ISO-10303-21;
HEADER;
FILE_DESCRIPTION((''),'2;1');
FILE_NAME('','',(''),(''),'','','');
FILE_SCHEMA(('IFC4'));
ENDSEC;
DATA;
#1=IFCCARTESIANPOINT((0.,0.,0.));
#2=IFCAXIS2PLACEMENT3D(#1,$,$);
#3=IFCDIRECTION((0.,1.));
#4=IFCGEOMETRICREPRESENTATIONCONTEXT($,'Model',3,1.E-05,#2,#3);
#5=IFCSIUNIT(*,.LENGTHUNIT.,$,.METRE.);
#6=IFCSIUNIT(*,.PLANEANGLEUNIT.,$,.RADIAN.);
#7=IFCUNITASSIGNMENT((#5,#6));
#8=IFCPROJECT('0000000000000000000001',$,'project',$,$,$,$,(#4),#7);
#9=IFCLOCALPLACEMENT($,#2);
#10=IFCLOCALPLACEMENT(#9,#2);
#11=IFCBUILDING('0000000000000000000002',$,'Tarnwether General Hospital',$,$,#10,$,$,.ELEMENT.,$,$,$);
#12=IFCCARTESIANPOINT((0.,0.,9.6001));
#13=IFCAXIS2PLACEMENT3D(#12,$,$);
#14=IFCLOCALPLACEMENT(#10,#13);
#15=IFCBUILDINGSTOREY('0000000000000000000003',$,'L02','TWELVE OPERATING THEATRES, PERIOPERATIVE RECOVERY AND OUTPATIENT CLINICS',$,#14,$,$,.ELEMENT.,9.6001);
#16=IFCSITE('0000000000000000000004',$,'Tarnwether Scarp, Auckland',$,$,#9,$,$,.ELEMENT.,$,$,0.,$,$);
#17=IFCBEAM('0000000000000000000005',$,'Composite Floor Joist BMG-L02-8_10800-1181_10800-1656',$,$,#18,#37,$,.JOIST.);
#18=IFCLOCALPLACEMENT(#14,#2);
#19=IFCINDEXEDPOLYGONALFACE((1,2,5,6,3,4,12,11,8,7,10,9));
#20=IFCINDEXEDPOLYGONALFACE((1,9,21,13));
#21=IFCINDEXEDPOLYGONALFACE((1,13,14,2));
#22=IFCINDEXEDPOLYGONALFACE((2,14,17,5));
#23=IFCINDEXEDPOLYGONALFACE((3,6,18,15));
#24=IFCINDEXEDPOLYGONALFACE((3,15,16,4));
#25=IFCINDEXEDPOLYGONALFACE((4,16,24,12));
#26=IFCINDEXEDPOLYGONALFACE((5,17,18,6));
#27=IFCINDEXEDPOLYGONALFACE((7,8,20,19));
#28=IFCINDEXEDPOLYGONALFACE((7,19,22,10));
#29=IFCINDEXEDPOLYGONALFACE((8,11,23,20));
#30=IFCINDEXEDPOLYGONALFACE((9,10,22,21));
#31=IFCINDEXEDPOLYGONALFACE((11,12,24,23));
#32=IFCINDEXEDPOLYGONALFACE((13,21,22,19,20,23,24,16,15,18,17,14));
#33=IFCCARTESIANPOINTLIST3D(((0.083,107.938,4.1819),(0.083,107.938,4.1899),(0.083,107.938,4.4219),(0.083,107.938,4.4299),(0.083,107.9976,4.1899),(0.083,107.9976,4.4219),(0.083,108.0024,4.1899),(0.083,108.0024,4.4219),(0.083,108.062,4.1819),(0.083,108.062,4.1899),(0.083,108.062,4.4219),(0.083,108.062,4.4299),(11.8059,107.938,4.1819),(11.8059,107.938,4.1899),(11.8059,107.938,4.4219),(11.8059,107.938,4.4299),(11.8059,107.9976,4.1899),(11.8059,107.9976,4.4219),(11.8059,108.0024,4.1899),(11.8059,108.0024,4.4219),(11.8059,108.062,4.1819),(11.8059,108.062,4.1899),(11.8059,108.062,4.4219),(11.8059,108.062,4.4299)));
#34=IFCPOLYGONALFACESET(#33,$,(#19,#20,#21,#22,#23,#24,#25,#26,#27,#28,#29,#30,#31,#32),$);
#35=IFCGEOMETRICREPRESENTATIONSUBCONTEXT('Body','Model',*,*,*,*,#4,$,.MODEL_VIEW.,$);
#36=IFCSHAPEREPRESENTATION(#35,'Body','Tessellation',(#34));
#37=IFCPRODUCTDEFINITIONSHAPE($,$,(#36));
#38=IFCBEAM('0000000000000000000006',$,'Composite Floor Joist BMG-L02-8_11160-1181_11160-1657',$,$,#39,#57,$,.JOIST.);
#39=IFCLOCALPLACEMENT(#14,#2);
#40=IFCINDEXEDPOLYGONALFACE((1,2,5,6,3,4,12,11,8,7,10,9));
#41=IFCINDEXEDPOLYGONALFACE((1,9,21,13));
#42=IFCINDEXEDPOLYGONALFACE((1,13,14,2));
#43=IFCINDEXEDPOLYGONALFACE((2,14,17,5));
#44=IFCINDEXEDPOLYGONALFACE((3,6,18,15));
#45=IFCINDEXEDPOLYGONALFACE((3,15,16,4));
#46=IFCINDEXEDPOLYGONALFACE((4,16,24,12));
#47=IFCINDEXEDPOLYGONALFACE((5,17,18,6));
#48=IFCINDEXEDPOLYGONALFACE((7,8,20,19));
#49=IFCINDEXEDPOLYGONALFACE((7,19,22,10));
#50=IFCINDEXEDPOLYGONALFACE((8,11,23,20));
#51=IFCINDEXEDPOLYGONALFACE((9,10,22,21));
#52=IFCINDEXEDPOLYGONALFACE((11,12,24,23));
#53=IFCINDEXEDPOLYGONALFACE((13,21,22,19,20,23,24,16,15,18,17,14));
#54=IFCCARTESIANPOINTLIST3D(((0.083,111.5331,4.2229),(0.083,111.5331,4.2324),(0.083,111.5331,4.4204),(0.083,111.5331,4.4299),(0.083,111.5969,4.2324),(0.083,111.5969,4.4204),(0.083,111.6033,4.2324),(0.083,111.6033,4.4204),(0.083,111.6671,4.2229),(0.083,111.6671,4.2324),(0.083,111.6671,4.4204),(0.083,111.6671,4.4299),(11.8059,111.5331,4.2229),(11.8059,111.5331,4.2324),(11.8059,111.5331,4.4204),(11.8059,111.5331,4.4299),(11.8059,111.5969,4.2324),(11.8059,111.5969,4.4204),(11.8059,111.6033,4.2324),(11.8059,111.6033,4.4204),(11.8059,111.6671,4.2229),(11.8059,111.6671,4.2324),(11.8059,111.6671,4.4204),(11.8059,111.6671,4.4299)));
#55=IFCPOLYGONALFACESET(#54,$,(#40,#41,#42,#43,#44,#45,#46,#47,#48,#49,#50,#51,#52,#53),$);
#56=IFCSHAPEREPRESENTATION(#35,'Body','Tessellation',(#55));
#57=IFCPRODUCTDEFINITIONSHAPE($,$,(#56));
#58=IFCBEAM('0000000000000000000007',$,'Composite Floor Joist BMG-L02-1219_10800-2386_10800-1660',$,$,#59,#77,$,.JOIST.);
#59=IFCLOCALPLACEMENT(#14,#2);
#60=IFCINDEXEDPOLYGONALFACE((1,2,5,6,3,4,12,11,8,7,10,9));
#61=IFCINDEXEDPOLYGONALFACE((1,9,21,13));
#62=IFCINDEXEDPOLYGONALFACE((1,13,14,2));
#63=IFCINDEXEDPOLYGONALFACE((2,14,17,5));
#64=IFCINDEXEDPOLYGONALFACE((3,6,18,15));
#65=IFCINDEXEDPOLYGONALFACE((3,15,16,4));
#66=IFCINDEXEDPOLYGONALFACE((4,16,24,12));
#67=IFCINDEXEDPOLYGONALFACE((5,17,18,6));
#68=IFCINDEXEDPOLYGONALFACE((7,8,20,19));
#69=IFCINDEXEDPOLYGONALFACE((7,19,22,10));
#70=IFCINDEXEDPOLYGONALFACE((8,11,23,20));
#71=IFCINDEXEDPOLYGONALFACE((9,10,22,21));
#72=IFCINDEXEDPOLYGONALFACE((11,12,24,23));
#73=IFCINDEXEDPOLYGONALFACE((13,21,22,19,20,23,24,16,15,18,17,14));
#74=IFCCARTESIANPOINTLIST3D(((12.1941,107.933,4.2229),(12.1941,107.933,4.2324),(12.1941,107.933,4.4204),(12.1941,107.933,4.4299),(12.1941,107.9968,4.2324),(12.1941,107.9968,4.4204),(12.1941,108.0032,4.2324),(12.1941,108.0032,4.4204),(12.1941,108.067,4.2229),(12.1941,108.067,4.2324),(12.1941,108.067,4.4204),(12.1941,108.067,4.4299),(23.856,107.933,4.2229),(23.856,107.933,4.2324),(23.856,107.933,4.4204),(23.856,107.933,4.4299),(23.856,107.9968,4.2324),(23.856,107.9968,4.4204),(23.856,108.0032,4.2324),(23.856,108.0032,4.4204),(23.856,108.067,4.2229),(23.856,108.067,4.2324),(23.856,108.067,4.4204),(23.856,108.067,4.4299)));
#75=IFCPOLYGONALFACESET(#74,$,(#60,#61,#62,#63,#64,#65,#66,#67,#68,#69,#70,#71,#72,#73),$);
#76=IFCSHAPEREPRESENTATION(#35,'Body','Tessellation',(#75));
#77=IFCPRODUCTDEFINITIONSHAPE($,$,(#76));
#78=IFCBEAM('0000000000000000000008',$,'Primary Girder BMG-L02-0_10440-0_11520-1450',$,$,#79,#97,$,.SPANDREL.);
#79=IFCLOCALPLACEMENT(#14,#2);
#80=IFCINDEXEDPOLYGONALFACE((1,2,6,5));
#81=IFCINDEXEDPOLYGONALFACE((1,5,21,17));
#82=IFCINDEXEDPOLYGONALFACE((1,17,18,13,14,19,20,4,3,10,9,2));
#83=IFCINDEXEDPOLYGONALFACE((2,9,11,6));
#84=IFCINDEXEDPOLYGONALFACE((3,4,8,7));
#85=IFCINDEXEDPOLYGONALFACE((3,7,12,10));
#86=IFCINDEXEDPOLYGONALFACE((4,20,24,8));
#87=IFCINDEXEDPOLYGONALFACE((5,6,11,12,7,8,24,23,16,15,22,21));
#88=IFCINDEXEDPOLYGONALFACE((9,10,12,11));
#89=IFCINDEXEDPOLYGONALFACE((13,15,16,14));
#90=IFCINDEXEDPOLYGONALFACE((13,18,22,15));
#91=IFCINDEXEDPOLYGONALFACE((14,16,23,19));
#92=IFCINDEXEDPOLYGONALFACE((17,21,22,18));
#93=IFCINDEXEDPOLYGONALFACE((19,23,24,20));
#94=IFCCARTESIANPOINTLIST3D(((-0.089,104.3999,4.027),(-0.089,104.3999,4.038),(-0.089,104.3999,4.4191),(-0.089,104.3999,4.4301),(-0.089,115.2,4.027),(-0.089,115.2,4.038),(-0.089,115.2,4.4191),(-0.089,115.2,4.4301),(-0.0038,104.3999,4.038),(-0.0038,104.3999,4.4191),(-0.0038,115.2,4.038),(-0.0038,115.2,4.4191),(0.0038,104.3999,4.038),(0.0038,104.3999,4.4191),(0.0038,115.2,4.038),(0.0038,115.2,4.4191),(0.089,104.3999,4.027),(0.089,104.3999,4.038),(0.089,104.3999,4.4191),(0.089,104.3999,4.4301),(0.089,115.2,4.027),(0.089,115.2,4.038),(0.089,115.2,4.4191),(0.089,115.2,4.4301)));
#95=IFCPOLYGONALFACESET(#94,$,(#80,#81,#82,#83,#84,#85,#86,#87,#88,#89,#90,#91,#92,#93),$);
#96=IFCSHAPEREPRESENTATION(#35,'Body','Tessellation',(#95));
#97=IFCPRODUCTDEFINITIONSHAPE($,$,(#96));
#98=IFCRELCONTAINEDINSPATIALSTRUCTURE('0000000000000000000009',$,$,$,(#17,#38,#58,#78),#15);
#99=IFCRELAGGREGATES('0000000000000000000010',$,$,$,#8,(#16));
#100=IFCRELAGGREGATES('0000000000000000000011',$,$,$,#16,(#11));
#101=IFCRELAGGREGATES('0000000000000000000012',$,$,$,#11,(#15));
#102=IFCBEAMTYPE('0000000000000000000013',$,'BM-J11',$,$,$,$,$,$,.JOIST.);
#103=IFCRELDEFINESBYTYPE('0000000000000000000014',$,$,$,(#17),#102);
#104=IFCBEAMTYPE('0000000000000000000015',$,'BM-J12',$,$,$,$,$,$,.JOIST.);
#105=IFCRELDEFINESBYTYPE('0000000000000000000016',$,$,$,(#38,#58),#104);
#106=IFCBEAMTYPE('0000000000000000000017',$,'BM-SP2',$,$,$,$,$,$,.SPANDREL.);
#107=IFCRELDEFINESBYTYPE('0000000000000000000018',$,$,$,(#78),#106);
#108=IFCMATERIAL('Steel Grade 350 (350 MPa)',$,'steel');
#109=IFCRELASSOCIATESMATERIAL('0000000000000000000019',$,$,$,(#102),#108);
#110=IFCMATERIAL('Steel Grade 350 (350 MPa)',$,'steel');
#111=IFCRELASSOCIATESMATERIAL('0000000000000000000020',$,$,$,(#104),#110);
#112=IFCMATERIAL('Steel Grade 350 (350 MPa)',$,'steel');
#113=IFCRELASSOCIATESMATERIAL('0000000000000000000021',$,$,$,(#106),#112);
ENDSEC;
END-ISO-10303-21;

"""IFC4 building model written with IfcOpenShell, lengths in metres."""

from ifc_helpers import new_model, si_unit, direction, frame, origin, origin_2d, place, context, subcontext, project, spatial, i_section, extrude, material, material_profile, profile_set, type_object, element, save


model = new_model("IFC4")

# Units and contexts
model_context = context("Model", 3, precision=1e-05, world=origin(), true_north=direction((0.0, 1.0)))
body_context = subcontext(model_context, "Body", "Model", "MODEL_VIEW")
ifc_project = project(units=[si_unit("LENGTHUNIT", "METRE"), si_unit("PLANEANGLEUNIT", "RADIAN")], contexts=[model_context])

# Site, building, storey
site_placement = place(None, origin())
site = spatial("IfcSite", under=ifc_project, at=site_placement, Name="Tarnwether Scarp, Auckland", CompositionType="ELEMENT", RefElevation=0.0)
building_placement = place(site_placement, origin())
building = spatial("IfcBuilding", under=site, at=building_placement, Name="Tarnwether General Hospital", CompositionType="ELEMENT")
storey_placement = place(building_placement, frame((0.0, 0.0, 9.6001)))
storey = spatial("IfcBuildingStorey", under=building, at=storey_placement, Name="L02", Description="TWELVE OPERATING THEATRES, PERIOPERATIVE RECOVERY AND OUTPATIENT CLINICS", CompositionType="ELEMENT", Elevation=9.6001)

# Beams
ifc_material_1 = material(Name="Steel Grade 350 (350 MPa)", Category="steel")
ifc_material_profile_1 = material_profile(ifc_material_1, i_section(OverallWidth=0.124, OverallDepth=0.248, WebThickness=0.0049, FlangeThickness=0.0081, at=origin_2d()), Name="250UB25.7")
ifc_profile_set_1 = profile_set([ifc_material_profile_1], Name="Steel Grade 350 (350 MPa)")
beam_type_1 = type_object("IfcBeamType", Name="BM-J11", PredefinedType="JOIST", material=ifc_profile_set_1)
beam_1_placement = place(storey_placement, frame((0.083, 108.0, 4.3059), z_axis=(1.0, 0.0, 0.0), x_axis=(0.0, 1.0, 0.0)))
element("IfcBeam", 1, at=beam_1_placement, inside=storey, type_object=beam_type_1, Name="Composite Floor Joist BMG-L02-8_10800-1181_10800-1656", PredefinedType="JOIST", context=body_context, shape_type="SweptSolid", body=[
    extrude(i_section(OverallWidth=0.124, OverallDepth=0.248, WebThickness=0.0049, FlangeThickness=0.0081, at=origin_2d()), origin(), (0.0, 0.0, 1.0), 11.7229),
])
ifc_material_2 = material(Name="Steel Grade 350 (350 MPa)", Category="steel")
ifc_material_profile_2 = material_profile(ifc_material_2, i_section(OverallWidth=0.134, OverallDepth=0.207, WebThickness=0.0063, FlangeThickness=0.0095, at=origin_2d()), Name="200UB29.8")
ifc_profile_set_2 = profile_set([ifc_material_profile_2], Name="Steel Grade 350 (350 MPa)")
beam_type_2 = type_object("IfcBeamType", Name="BM-J12", PredefinedType="JOIST", material=ifc_profile_set_2)
beam_2_placement = place(storey_placement, frame((0.083, 111.6001, 4.3264), z_axis=(1.0, 0.0, 0.0), x_axis=(0.0, 1.0, 0.0)))
element("IfcBeam", 2, at=beam_2_placement, inside=storey, type_object=beam_type_2, Name="Composite Floor Joist BMG-L02-8_11160-1181_11160-1657", PredefinedType="JOIST", context=body_context, shape_type="SweptSolid", body=[
    extrude(i_section(OverallWidth=0.134, OverallDepth=0.207, WebThickness=0.0063, FlangeThickness=0.0095, at=origin_2d()), origin(), (0.0, 0.0, 1.0), 11.7229),
])
beam_3_placement = place(storey_placement, frame((12.1941, 108.0, 4.3264), z_axis=(1.0, 0.0, 0.0), x_axis=(0.0, 1.0, 0.0)))
element("IfcBeam", 3, at=beam_3_placement, inside=storey, type_object=beam_type_2, Name="Composite Floor Joist BMG-L02-1219_10800-2386_10800-1660", PredefinedType="JOIST", context=body_context, shape_type="SweptSolid", body=[
    extrude(i_section(OverallWidth=0.134, OverallDepth=0.207, WebThickness=0.0063, FlangeThickness=0.0095, at=origin_2d()), origin(), (0.0, 0.0, 1.0), 11.6619),
])
ifc_material_3 = material(Name="Steel Grade 350 (350 MPa)", Category="steel")
ifc_material_profile_3 = material_profile(ifc_material_3, i_section(OverallWidth=0.178, OverallDepth=0.4031, WebThickness=0.0076, FlangeThickness=0.011, at=origin_2d()), Name="410UB53.7")
ifc_profile_set_3 = profile_set([ifc_material_profile_3], Name="Steel Grade 350 (350 MPa)")
beam_type_3 = type_object("IfcBeamType", Name="BM-SP2", PredefinedType="SPANDREL", material=ifc_profile_set_3)
beam_4_placement = place(storey_placement, frame((0.0, 104.3999, 4.2285), z_axis=(0.0, 1.0, 0.0), x_axis=(-1.0, 0.0, 0.0)))
element("IfcBeam", 4, at=beam_4_placement, inside=storey, type_object=beam_type_3, Name="Primary Girder BMG-L02-0_10440-0_11520-1450", PredefinedType="SPANDREL", context=body_context, shape_type="SweptSolid", body=[
    extrude(i_section(OverallWidth=0.178, OverallDepth=0.4031, WebThickness=0.0076, FlangeThickness=0.011, at=origin_2d()), origin(), (0.0, 0.0, 1.0), 10.8),
])

save(model, "model.ifc")
